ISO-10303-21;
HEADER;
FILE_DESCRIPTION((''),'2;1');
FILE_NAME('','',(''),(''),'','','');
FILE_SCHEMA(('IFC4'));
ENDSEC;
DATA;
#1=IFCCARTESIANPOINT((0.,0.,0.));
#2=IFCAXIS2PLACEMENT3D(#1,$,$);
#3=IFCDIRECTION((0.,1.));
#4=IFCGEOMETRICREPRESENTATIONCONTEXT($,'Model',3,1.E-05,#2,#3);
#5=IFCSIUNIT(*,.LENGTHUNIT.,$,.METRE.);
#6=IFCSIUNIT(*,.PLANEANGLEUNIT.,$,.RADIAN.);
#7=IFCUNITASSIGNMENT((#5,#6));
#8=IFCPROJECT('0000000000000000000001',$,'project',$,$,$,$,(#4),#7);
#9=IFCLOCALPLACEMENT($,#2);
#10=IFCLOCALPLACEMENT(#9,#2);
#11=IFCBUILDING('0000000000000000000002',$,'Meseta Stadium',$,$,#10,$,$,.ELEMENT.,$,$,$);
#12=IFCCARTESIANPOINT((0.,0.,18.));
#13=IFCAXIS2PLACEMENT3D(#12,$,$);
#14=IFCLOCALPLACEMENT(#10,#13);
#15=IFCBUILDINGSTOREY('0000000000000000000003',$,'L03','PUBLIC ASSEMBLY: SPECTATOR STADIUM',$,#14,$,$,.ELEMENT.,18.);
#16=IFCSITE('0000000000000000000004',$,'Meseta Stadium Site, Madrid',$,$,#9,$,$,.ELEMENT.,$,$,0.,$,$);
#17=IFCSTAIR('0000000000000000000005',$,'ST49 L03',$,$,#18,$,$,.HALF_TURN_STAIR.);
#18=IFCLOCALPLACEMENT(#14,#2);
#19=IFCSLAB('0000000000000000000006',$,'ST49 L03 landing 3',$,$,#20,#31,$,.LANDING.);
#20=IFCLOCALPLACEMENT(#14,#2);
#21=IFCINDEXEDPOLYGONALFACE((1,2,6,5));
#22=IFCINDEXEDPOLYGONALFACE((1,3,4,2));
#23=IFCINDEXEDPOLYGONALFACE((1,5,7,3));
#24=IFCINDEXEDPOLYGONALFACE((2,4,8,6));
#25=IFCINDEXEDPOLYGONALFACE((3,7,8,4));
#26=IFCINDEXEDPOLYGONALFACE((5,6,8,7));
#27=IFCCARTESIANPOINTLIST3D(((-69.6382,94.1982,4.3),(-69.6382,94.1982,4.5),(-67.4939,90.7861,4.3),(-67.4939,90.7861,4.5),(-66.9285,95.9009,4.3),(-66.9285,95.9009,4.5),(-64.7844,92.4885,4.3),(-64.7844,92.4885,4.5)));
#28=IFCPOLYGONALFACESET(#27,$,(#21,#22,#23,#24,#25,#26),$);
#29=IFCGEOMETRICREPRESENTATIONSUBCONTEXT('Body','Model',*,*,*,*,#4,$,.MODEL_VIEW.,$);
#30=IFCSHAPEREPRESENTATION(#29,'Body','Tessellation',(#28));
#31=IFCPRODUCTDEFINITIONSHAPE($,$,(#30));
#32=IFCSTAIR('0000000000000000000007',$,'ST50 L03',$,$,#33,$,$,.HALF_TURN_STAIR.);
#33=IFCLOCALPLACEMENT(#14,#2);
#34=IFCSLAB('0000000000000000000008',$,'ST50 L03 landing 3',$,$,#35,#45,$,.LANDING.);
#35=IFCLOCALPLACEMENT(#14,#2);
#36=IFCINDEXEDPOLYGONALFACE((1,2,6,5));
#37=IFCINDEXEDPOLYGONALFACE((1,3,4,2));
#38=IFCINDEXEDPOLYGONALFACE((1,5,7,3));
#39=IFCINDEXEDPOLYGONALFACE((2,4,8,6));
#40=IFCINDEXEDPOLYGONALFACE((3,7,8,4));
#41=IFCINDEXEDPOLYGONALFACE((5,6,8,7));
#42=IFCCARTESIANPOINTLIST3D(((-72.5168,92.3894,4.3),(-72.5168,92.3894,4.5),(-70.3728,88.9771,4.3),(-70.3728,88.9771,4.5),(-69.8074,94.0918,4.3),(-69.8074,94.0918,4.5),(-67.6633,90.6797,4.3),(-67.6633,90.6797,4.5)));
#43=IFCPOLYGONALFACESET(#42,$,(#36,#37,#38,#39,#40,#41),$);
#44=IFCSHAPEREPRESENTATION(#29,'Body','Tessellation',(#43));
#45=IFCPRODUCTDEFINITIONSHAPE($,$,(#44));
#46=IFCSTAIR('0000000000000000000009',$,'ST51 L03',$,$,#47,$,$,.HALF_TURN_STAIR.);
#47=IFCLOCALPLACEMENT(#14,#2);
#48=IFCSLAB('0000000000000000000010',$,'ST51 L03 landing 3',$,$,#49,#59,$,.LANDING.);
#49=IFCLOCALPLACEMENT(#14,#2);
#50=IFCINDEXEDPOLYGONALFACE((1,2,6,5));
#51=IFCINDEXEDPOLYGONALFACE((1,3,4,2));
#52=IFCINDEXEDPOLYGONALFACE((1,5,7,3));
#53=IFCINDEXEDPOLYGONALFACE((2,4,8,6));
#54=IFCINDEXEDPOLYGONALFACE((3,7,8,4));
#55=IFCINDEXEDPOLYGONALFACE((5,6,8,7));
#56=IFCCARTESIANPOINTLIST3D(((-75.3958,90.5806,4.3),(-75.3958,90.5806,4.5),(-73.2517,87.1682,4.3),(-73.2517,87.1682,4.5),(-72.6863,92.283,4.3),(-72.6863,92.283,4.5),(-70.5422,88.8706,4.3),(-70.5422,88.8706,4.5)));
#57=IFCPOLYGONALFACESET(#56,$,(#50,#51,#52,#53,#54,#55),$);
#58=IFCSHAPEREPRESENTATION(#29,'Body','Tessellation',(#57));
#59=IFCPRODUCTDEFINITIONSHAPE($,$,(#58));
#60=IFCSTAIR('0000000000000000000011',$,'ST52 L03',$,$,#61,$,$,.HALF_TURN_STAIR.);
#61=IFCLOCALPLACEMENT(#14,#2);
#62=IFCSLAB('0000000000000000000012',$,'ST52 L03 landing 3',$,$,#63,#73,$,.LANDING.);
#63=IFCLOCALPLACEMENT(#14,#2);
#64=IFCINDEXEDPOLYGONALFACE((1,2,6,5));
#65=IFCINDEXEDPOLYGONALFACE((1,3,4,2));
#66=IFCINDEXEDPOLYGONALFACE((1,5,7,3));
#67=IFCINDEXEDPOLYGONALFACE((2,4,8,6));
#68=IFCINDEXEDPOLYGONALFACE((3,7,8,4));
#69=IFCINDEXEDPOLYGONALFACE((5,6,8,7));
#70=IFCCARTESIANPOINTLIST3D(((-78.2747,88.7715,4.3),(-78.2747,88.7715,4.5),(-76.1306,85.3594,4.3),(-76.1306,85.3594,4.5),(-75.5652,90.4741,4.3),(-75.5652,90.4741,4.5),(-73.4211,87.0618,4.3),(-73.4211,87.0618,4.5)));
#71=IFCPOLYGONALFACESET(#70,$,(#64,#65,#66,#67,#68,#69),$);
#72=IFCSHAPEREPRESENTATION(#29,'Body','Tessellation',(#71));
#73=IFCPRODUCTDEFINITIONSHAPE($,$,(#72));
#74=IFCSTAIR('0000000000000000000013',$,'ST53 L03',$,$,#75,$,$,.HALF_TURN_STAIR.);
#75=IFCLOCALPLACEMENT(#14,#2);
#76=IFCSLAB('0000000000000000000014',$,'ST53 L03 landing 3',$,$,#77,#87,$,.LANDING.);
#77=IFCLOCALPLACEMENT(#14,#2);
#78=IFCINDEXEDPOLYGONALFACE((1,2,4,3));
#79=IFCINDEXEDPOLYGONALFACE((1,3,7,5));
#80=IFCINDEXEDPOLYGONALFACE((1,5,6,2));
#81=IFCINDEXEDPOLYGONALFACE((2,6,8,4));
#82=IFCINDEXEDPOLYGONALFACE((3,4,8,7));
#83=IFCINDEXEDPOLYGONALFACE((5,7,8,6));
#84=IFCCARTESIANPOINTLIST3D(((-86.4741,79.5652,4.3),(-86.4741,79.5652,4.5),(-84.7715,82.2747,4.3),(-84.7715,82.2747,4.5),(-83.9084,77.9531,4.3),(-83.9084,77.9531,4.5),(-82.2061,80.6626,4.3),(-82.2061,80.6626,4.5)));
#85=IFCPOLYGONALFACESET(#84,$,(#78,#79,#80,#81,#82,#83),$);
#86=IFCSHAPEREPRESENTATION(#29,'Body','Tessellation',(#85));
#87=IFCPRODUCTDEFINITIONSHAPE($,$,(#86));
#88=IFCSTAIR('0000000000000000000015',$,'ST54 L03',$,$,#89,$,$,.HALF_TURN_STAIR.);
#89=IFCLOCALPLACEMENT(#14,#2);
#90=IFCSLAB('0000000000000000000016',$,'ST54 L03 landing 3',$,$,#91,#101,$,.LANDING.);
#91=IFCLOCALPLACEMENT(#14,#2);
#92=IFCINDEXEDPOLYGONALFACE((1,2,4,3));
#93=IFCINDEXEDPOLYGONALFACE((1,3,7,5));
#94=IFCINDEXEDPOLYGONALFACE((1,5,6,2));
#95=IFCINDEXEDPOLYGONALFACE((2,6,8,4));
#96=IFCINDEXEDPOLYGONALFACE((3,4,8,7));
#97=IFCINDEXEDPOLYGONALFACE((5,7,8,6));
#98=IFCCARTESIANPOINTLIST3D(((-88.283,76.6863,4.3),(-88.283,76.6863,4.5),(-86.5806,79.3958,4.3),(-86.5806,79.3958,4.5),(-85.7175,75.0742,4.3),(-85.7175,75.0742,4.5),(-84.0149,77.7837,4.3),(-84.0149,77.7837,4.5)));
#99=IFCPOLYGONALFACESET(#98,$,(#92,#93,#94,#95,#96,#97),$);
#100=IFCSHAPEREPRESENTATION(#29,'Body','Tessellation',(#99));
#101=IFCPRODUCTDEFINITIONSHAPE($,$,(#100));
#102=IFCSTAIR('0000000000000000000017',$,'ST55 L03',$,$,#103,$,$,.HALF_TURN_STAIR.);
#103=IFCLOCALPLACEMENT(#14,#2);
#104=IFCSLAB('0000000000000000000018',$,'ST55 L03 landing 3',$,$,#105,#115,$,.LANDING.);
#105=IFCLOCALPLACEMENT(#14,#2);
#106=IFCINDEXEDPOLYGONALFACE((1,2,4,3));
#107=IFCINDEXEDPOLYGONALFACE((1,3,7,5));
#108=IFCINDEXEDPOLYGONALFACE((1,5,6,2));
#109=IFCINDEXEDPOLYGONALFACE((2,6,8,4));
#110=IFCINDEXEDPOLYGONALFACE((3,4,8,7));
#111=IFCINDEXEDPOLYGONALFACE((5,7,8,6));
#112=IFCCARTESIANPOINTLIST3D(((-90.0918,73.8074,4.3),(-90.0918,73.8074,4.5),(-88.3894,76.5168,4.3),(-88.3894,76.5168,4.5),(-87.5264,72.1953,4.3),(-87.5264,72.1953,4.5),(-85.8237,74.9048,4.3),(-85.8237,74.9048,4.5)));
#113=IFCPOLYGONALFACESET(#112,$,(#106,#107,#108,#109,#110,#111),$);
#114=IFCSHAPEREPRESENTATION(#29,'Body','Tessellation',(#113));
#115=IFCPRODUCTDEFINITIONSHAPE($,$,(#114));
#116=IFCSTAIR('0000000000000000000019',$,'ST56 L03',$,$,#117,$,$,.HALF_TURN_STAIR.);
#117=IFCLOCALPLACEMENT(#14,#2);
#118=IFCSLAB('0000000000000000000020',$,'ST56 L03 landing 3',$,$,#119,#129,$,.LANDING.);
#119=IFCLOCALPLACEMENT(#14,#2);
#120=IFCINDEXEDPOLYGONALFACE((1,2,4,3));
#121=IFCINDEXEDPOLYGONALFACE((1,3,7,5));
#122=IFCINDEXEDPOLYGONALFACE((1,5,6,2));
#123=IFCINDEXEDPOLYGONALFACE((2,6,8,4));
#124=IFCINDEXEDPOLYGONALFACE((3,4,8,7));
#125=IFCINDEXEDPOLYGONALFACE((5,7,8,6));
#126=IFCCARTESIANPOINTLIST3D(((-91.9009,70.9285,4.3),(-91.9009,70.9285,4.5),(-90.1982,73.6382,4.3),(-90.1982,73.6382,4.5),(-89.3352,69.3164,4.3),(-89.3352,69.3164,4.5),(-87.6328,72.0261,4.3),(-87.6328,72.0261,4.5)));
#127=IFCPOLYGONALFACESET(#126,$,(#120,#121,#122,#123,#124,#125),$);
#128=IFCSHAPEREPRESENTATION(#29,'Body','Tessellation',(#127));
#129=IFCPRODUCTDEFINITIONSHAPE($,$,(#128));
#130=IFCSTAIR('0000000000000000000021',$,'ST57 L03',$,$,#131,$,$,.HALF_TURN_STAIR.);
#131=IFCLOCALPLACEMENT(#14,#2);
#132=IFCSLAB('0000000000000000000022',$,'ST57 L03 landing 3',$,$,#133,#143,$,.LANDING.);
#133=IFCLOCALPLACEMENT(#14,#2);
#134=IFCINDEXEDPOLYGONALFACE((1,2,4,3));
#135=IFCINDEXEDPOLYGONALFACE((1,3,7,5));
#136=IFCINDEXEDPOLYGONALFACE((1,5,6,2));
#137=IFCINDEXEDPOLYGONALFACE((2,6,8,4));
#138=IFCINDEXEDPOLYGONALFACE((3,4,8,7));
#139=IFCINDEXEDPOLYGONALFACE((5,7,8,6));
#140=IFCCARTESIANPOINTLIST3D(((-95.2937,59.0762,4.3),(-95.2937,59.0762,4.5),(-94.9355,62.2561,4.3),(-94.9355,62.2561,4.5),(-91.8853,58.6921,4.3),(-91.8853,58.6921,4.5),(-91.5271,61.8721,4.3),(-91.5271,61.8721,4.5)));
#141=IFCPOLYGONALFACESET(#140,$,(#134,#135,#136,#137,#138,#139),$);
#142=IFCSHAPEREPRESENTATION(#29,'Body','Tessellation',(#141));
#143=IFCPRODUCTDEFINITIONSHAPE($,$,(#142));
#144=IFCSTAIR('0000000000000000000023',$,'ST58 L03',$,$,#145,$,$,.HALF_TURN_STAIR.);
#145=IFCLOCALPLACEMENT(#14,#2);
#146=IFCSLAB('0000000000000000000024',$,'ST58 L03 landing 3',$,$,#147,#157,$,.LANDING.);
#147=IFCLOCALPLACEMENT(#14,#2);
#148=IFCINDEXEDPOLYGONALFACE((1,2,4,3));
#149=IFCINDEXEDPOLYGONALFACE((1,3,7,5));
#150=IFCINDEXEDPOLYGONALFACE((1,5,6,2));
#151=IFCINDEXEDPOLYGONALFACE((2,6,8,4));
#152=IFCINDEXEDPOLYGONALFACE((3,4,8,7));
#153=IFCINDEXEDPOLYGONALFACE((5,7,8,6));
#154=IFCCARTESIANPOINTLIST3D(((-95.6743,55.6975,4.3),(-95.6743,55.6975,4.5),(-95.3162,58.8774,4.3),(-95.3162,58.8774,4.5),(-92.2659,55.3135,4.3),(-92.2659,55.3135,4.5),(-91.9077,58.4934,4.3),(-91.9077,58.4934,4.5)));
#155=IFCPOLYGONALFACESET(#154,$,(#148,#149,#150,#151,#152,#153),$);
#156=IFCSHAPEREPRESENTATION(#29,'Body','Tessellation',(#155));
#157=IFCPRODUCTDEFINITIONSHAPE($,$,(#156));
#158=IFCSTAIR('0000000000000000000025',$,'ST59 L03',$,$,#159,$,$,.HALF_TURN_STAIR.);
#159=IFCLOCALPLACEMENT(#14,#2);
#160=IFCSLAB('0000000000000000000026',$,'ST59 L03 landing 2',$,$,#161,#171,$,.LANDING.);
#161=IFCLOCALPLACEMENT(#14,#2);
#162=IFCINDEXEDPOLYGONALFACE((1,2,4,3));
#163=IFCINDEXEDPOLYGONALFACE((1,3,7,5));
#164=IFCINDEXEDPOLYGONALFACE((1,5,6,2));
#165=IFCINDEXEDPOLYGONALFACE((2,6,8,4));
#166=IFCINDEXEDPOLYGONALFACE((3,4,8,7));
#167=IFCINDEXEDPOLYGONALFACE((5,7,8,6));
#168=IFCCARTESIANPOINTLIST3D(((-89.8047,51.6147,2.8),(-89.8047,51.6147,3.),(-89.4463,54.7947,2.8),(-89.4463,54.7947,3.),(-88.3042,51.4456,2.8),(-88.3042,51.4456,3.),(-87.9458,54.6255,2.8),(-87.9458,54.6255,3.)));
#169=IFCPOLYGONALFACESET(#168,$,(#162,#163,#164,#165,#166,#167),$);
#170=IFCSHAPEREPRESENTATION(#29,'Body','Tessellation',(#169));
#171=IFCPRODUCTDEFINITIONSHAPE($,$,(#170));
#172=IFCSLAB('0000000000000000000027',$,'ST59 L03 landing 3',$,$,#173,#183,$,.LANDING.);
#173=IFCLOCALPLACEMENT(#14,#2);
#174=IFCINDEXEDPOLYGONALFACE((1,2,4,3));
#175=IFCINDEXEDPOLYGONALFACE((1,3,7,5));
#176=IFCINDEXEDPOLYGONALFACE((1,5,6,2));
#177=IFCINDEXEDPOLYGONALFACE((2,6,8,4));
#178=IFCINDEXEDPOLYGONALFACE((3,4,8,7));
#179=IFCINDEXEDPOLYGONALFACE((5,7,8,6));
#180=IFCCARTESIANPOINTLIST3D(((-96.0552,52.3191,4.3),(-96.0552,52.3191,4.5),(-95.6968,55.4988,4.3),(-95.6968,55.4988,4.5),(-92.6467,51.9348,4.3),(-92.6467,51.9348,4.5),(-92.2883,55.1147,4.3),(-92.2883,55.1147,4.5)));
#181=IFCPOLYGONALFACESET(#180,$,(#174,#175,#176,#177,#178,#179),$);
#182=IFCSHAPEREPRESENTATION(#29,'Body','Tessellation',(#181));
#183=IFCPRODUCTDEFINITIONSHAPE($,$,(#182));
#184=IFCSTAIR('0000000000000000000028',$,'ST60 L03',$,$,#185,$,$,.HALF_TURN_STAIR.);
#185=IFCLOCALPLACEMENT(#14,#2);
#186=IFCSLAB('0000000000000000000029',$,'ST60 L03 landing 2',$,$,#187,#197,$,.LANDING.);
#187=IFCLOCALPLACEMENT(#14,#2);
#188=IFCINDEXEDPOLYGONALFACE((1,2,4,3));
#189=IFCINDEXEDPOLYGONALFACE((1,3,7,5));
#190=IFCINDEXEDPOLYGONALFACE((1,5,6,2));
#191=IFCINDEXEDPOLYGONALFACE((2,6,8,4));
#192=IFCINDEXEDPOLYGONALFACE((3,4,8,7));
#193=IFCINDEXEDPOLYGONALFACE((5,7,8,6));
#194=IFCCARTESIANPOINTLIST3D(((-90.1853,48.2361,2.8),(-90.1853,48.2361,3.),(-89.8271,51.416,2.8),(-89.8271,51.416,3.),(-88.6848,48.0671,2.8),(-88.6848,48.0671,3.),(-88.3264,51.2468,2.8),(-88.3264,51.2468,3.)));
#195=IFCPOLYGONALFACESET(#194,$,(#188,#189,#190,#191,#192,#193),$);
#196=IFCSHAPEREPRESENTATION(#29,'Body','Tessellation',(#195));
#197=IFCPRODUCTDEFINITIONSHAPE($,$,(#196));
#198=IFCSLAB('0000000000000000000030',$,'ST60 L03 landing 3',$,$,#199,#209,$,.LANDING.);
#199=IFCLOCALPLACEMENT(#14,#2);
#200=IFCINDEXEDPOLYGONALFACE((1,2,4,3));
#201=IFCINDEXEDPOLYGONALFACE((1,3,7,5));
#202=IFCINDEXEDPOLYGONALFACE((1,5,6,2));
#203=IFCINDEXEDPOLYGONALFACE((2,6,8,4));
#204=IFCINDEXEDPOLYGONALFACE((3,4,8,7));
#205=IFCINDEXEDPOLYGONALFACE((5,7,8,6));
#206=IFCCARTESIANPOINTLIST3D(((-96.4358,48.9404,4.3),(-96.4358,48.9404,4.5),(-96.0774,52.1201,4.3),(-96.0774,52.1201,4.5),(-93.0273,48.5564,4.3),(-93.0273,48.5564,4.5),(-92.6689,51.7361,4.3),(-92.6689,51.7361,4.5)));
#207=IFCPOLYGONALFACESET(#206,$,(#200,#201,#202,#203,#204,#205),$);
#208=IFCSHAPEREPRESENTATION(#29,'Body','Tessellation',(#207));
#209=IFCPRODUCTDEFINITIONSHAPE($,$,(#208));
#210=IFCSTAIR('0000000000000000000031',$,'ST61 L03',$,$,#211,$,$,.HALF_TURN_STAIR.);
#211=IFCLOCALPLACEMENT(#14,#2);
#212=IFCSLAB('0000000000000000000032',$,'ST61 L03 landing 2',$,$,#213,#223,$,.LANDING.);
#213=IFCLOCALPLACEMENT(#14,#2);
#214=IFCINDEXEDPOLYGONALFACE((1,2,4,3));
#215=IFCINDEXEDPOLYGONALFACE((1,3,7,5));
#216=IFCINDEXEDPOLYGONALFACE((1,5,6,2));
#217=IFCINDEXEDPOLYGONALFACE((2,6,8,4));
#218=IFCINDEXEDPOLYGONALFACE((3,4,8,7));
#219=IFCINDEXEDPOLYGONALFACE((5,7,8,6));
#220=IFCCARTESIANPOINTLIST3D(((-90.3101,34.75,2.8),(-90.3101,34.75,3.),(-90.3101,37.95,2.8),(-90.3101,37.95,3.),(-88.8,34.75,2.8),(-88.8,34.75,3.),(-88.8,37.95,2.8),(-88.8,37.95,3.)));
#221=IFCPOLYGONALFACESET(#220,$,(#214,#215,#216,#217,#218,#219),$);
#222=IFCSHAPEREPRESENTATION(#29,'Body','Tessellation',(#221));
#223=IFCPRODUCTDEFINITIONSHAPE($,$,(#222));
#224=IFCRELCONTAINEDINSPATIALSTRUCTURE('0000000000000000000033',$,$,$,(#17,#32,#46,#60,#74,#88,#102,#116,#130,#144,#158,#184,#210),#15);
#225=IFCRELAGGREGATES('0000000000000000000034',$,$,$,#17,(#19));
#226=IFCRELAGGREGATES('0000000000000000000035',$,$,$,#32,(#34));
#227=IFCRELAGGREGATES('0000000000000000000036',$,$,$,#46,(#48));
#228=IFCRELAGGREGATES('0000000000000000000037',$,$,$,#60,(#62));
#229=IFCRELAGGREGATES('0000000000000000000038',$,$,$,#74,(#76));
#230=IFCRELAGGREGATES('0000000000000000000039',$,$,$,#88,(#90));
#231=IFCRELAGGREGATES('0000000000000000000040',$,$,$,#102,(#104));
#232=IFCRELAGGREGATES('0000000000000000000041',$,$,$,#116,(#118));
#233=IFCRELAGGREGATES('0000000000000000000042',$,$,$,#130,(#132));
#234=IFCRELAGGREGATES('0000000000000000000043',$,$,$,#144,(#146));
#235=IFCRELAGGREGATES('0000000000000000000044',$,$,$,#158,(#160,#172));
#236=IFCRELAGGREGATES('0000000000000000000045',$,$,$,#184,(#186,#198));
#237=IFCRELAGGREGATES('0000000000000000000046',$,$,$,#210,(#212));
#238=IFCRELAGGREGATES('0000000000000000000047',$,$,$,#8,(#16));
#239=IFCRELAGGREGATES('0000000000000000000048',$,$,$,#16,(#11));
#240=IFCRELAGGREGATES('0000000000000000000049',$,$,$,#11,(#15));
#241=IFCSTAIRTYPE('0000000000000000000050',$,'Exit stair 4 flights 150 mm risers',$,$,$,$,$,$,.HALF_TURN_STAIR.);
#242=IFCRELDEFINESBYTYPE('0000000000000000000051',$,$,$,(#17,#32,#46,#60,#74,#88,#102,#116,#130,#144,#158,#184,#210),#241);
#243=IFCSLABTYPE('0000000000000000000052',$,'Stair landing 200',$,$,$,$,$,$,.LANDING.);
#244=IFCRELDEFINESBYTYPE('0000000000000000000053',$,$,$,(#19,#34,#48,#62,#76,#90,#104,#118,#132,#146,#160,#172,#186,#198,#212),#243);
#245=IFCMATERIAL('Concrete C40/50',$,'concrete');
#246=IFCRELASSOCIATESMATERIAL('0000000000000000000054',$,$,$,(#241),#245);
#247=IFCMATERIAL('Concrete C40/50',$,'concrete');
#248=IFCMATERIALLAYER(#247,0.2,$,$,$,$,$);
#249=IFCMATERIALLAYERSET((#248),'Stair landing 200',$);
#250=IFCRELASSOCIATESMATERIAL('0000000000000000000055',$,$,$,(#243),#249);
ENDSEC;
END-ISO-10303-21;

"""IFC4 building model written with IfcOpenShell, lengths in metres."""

from ifc_helpers import new_model, si_unit, direction, frame, origin, place, context, subcontext, project, spatial, polyline, outline, extrude, material, layer, layer_set, type_object, element, aggregate, save


model = new_model("IFC4")

# Units and contexts
model_context = context("Model", 3, precision=1e-05, world=origin(), true_north=direction((0.0, 1.0)))
body_context = subcontext(model_context, "Body", "Model", "MODEL_VIEW")
ifc_project = project(units=[si_unit("LENGTHUNIT", "METRE"), si_unit("PLANEANGLEUNIT", "RADIAN")], contexts=[model_context])

# Site, building, storey
site_placement = place(None, origin())
site = spatial("IfcSite", under=ifc_project, at=site_placement, Name="Meseta Stadium Site, Madrid", CompositionType="ELEMENT", RefElevation=0.0)
building_placement = place(site_placement, origin())
building = spatial("IfcBuilding", under=site, at=building_placement, Name="Meseta Stadium", CompositionType="ELEMENT")
storey_placement = place(building_placement, frame((0.0, 0.0, 18.0)))
storey = spatial("IfcBuildingStorey", under=building, at=storey_placement, Name="L03", Description="PUBLIC ASSEMBLY: SPECTATOR STADIUM", CompositionType="ELEMENT", Elevation=18.0)

# Stairs, slabs
ifc_material_1 = material(Name="Concrete C40/50", Category="concrete")
stair_type = type_object("IfcStairType", Name="Exit stair 4 flights 150 mm risers", PredefinedType="HALF_TURN_STAIR", material=ifc_material_1)
stair_1_placement = place(storey_placement, origin())
stair_1 = element("IfcStair", 1, at=stair_1_placement, inside=storey, type_object=stair_type, Name="ST49 L03", PredefinedType="HALF_TURN_STAIR")
ifc_material_2 = material(Name="Concrete C40/50", Category="concrete")
ifc_layer = layer(ifc_material_2, 0.2)
ifc_layer_set = layer_set([ifc_layer], Name="Stair landing 200")
slab_type = type_object("IfcSlabType", Name="Stair landing 200", PredefinedType="LANDING", material=ifc_layer_set)
slab_1_placement = place(storey_placement, frame((0.0, 0.0, 4.3)))
slab_1 = element("IfcSlab", 2, at=slab_1_placement, type_object=slab_type, Name="ST49 L03 landing 3", PredefinedType="LANDING", context=body_context, shape_type="SweptSolid", body=[
    extrude(outline(polyline([(-64.7844, 92.4885), (-66.9285, 95.9009), (-69.6382, 94.1982), (-67.4939, 90.7861), (-64.7844, 92.4885)])), origin(), (0.0, 0.0, 1.0), 0.2),
])
aggregate(stair_1, [slab_1])
stair_2_placement = place(storey_placement, origin())
stair_2 = element("IfcStair", 3, at=stair_2_placement, inside=storey, type_object=stair_type, Name="ST50 L03", PredefinedType="HALF_TURN_STAIR")
slab_2_placement = place(storey_placement, frame((0.0, 0.0, 4.3)))
slab_2 = element("IfcSlab", 4, at=slab_2_placement, type_object=slab_type, Name="ST50 L03 landing 3", PredefinedType="LANDING", context=body_context, shape_type="SweptSolid", body=[
    extrude(outline(polyline([(-67.6633, 90.6797), (-69.8074, 94.0918), (-72.5168, 92.3894), (-70.3728, 88.9771), (-67.6633, 90.6797)])), origin(), (0.0, 0.0, 1.0), 0.2),
])
aggregate(stair_2, [slab_2])
stair_3_placement = place(storey_placement, origin())
stair_3 = element("IfcStair", 5, at=stair_3_placement, inside=storey, type_object=stair_type, Name="ST51 L03", PredefinedType="HALF_TURN_STAIR")
slab_3_placement = place(storey_placement, frame((0.0, 0.0, 4.3)))
slab_3 = element("IfcSlab", 6, at=slab_3_placement, type_object=slab_type, Name="ST51 L03 landing 3", PredefinedType="LANDING", context=body_context, shape_type="SweptSolid", body=[
    extrude(outline(polyline([(-70.5422, 88.8706), (-72.6863, 92.283), (-75.3958, 90.5806), (-73.2517, 87.1682), (-70.5422, 88.8706)])), origin(), (0.0, 0.0, 1.0), 0.2),
])
aggregate(stair_3, [slab_3])
stair_4_placement = place(storey_placement, origin())
stair_4 = element("IfcStair", 7, at=stair_4_placement, inside=storey, type_object=stair_type, Name="ST52 L03", PredefinedType="HALF_TURN_STAIR")
slab_4_placement = place(storey_placement, frame((0.0, 0.0, 4.3)))
slab_4 = element("IfcSlab", 8, at=slab_4_placement, type_object=slab_type, Name="ST52 L03 landing 3", PredefinedType="LANDING", context=body_context, shape_type="SweptSolid", body=[
    extrude(outline(polyline([(-73.4211, 87.0618), (-75.5652, 90.4741), (-78.2747, 88.7715), (-76.1306, 85.3594), (-73.4211, 87.0618)])), origin(), (0.0, 0.0, 1.0), 0.2),
])
aggregate(stair_4, [slab_4])
stair_5_placement = place(storey_placement, origin())
stair_5 = element("IfcStair", 9, at=stair_5_placement, inside=storey, type_object=stair_type, Name="ST53 L03", PredefinedType="HALF_TURN_STAIR")
slab_5_placement = place(storey_placement, frame((0.0, 0.0, 4.3)))
slab_5 = element("IfcSlab", 10, at=slab_5_placement, type_object=slab_type, Name="ST53 L03 landing 3", PredefinedType="LANDING", context=body_context, shape_type="SweptSolid", body=[
    extrude(outline(polyline([(-82.2061, 80.6626), (-84.7715, 82.2747), (-86.4741, 79.5652), (-83.9084, 77.9531), (-82.2061, 80.6626)])), origin(), (0.0, 0.0, 1.0), 0.2),
])
aggregate(stair_5, [slab_5])
stair_6_placement = place(storey_placement, origin())
stair_6 = element("IfcStair", 11, at=stair_6_placement, inside=storey, type_object=stair_type, Name="ST54 L03", PredefinedType="HALF_TURN_STAIR")
slab_6_placement = place(storey_placement, frame((0.0, 0.0, 4.3)))
slab_6 = element("IfcSlab", 12, at=slab_6_placement, type_object=slab_type, Name="ST54 L03 landing 3", PredefinedType="LANDING", context=body_context, shape_type="SweptSolid", body=[
    extrude(outline(polyline([(-84.0149, 77.7837), (-86.5806, 79.3958), (-88.283, 76.6863), (-85.7175, 75.0742), (-84.0149, 77.7837)])), origin(), (0.0, 0.0, 1.0), 0.2),
])
aggregate(stair_6, [slab_6])
stair_7_placement = place(storey_placement, origin())
stair_7 = element("IfcStair", 13, at=stair_7_placement, inside=storey, type_object=stair_type, Name="ST55 L03", PredefinedType="HALF_TURN_STAIR")
slab_7_placement = place(storey_placement, frame((0.0, 0.0, 4.3)))
slab_7 = element("IfcSlab", 14, at=slab_7_placement, type_object=slab_type, Name="ST55 L03 landing 3", PredefinedType="LANDING", context=body_context, shape_type="SweptSolid", body=[
    extrude(outline(polyline([(-85.8237, 74.9048), (-88.3894, 76.5168), (-90.0918, 73.8074), (-87.5264, 72.1953), (-85.8237, 74.9048)])), origin(), (0.0, 0.0, 1.0), 0.2),
])
aggregate(stair_7, [slab_7])
stair_8_placement = place(storey_placement, origin())
stair_8 = element("IfcStair", 15, at=stair_8_placement, inside=storey, type_object=stair_type, Name="ST56 L03", PredefinedType="HALF_TURN_STAIR")
slab_8_placement = place(storey_placement, frame((0.0, 0.0, 4.3)))
slab_8 = element("IfcSlab", 16, at=slab_8_placement, type_object=slab_type, Name="ST56 L03 landing 3", PredefinedType="LANDING", context=body_context, shape_type="SweptSolid", body=[
    extrude(outline(polyline([(-87.6328, 72.0261), (-90.1982, 73.6382), (-91.9009, 70.9285), (-89.3352, 69.3164), (-87.6328, 72.0261)])), origin(), (0.0, 0.0, 1.0), 0.2),
])
aggregate(stair_8, [slab_8])
stair_9_placement = place(storey_placement, origin())
stair_9 = element("IfcStair", 17, at=stair_9_placement, inside=storey, type_object=stair_type, Name="ST57 L03", PredefinedType="HALF_TURN_STAIR")
slab_9_placement = place(storey_placement, frame((0.0, 0.0, 4.3)))
slab_9 = element("IfcSlab", 18, at=slab_9_placement, type_object=slab_type, Name="ST57 L03 landing 3", PredefinedType="LANDING", context=body_context, shape_type="SweptSolid", body=[
    extrude(outline(polyline([(-91.5271, 61.8721), (-94.9355, 62.2561), (-95.2937, 59.0762), (-91.8853, 58.6921), (-91.5271, 61.8721)])), origin(), (0.0, 0.0, 1.0), 0.2),
])
aggregate(stair_9, [slab_9])
stair_10_placement = place(storey_placement, origin())
stair_10 = element("IfcStair", 19, at=stair_10_placement, inside=storey, type_object=stair_type, Name="ST58 L03", PredefinedType="HALF_TURN_STAIR")
slab_10_placement = place(storey_placement, frame((0.0, 0.0, 4.3)))
slab_10 = element("IfcSlab", 20, at=slab_10_placement, type_object=slab_type, Name="ST58 L03 landing 3", PredefinedType="LANDING", context=body_context, shape_type="SweptSolid", body=[
    extrude(outline(polyline([(-91.9077, 58.4934), (-95.3162, 58.8774), (-95.6743, 55.6975), (-92.2659, 55.3135), (-91.9077, 58.4934)])), origin(), (0.0, 0.0, 1.0), 0.2),
])
aggregate(stair_10, [slab_10])

# Stairs, slabs
stair_11_placement = place(storey_placement, origin())
stair_11 = element("IfcStair", 21, at=stair_11_placement, inside=storey, type_object=stair_type, Name="ST59 L03", PredefinedType="HALF_TURN_STAIR")
slab_11_placement = place(storey_placement, frame((0.0, 0.0, 2.8)))
slab_11 = element("IfcSlab", 22, at=slab_11_placement, type_object=slab_type, Name="ST59 L03 landing 2", PredefinedType="LANDING", context=body_context, shape_type="SweptSolid", body=[
    extrude(outline(polyline([(-87.9458, 54.6255), (-89.4463, 54.7947), (-89.8047, 51.6147), (-88.3042, 51.4456), (-87.9458, 54.6255)])), origin(), (0.0, 0.0, 1.0), 0.2),
])
slab_12_placement = place(storey_placement, frame((0.0, 0.0, 4.3)))
slab_12 = element("IfcSlab", 23, at=slab_12_placement, type_object=slab_type, Name="ST59 L03 landing 3", PredefinedType="LANDING", context=body_context, shape_type="SweptSolid", body=[
    extrude(outline(polyline([(-92.2883, 55.1147), (-95.6968, 55.4988), (-96.0552, 52.3191), (-92.6467, 51.9348), (-92.2883, 55.1147)])), origin(), (0.0, 0.0, 1.0), 0.2),
])
aggregate(stair_11, [slab_11, slab_12])
stair_12_placement = place(storey_placement, origin())
stair_12 = element("IfcStair", 24, at=stair_12_placement, inside=storey, type_object=stair_type, Name="ST60 L03", PredefinedType="HALF_TURN_STAIR")
slab_13_placement = place(storey_placement, frame((0.0, 0.0, 2.8)))
slab_13 = element("IfcSlab", 25, at=slab_13_placement, type_object=slab_type, Name="ST60 L03 landing 2", PredefinedType="LANDING", context=body_context, shape_type="SweptSolid", body=[
    extrude(outline(polyline([(-88.3264, 51.2468), (-89.8271, 51.416), (-90.1853, 48.2361), (-88.6848, 48.0671), (-88.3264, 51.2468)])), origin(), (0.0, 0.0, 1.0), 0.2),
])
slab_14_placement = place(storey_placement, frame((0.0, 0.0, 4.3)))
slab_14 = element("IfcSlab", 26, at=slab_14_placement, type_object=slab_type, Name="ST60 L03 landing 3", PredefinedType="LANDING", context=body_context, shape_type="SweptSolid", body=[
    extrude(outline(polyline([(-92.6689, 51.7361), (-96.0774, 52.1201), (-96.4358, 48.9404), (-93.0273, 48.5564), (-92.6689, 51.7361)])), origin(), (0.0, 0.0, 1.0), 0.2),
])
aggregate(stair_12, [slab_13, slab_14])
stair_13_placement = place(storey_placement, origin())
stair_13 = element("IfcStair", 27, at=stair_13_placement, inside=storey, type_object=stair_type, Name="ST61 L03", PredefinedType="HALF_TURN_STAIR")
slab_15_placement = place(storey_placement, frame((0.0, 0.0, 2.8)))
slab_15 = element("IfcSlab", 28, at=slab_15_placement, type_object=slab_type, Name="ST61 L03 landing 2", PredefinedType="LANDING", context=body_context, shape_type="SweptSolid", body=[
    extrude(outline(polyline([(-88.8, 37.95), (-90.3101, 37.95), (-90.3101, 34.75), (-88.8, 34.75), (-88.8, 37.95)])), origin(), (0.0, 0.0, 1.0), 0.2),
])
aggregate(stair_13, [slab_15])

save(model, "model.ifc")
